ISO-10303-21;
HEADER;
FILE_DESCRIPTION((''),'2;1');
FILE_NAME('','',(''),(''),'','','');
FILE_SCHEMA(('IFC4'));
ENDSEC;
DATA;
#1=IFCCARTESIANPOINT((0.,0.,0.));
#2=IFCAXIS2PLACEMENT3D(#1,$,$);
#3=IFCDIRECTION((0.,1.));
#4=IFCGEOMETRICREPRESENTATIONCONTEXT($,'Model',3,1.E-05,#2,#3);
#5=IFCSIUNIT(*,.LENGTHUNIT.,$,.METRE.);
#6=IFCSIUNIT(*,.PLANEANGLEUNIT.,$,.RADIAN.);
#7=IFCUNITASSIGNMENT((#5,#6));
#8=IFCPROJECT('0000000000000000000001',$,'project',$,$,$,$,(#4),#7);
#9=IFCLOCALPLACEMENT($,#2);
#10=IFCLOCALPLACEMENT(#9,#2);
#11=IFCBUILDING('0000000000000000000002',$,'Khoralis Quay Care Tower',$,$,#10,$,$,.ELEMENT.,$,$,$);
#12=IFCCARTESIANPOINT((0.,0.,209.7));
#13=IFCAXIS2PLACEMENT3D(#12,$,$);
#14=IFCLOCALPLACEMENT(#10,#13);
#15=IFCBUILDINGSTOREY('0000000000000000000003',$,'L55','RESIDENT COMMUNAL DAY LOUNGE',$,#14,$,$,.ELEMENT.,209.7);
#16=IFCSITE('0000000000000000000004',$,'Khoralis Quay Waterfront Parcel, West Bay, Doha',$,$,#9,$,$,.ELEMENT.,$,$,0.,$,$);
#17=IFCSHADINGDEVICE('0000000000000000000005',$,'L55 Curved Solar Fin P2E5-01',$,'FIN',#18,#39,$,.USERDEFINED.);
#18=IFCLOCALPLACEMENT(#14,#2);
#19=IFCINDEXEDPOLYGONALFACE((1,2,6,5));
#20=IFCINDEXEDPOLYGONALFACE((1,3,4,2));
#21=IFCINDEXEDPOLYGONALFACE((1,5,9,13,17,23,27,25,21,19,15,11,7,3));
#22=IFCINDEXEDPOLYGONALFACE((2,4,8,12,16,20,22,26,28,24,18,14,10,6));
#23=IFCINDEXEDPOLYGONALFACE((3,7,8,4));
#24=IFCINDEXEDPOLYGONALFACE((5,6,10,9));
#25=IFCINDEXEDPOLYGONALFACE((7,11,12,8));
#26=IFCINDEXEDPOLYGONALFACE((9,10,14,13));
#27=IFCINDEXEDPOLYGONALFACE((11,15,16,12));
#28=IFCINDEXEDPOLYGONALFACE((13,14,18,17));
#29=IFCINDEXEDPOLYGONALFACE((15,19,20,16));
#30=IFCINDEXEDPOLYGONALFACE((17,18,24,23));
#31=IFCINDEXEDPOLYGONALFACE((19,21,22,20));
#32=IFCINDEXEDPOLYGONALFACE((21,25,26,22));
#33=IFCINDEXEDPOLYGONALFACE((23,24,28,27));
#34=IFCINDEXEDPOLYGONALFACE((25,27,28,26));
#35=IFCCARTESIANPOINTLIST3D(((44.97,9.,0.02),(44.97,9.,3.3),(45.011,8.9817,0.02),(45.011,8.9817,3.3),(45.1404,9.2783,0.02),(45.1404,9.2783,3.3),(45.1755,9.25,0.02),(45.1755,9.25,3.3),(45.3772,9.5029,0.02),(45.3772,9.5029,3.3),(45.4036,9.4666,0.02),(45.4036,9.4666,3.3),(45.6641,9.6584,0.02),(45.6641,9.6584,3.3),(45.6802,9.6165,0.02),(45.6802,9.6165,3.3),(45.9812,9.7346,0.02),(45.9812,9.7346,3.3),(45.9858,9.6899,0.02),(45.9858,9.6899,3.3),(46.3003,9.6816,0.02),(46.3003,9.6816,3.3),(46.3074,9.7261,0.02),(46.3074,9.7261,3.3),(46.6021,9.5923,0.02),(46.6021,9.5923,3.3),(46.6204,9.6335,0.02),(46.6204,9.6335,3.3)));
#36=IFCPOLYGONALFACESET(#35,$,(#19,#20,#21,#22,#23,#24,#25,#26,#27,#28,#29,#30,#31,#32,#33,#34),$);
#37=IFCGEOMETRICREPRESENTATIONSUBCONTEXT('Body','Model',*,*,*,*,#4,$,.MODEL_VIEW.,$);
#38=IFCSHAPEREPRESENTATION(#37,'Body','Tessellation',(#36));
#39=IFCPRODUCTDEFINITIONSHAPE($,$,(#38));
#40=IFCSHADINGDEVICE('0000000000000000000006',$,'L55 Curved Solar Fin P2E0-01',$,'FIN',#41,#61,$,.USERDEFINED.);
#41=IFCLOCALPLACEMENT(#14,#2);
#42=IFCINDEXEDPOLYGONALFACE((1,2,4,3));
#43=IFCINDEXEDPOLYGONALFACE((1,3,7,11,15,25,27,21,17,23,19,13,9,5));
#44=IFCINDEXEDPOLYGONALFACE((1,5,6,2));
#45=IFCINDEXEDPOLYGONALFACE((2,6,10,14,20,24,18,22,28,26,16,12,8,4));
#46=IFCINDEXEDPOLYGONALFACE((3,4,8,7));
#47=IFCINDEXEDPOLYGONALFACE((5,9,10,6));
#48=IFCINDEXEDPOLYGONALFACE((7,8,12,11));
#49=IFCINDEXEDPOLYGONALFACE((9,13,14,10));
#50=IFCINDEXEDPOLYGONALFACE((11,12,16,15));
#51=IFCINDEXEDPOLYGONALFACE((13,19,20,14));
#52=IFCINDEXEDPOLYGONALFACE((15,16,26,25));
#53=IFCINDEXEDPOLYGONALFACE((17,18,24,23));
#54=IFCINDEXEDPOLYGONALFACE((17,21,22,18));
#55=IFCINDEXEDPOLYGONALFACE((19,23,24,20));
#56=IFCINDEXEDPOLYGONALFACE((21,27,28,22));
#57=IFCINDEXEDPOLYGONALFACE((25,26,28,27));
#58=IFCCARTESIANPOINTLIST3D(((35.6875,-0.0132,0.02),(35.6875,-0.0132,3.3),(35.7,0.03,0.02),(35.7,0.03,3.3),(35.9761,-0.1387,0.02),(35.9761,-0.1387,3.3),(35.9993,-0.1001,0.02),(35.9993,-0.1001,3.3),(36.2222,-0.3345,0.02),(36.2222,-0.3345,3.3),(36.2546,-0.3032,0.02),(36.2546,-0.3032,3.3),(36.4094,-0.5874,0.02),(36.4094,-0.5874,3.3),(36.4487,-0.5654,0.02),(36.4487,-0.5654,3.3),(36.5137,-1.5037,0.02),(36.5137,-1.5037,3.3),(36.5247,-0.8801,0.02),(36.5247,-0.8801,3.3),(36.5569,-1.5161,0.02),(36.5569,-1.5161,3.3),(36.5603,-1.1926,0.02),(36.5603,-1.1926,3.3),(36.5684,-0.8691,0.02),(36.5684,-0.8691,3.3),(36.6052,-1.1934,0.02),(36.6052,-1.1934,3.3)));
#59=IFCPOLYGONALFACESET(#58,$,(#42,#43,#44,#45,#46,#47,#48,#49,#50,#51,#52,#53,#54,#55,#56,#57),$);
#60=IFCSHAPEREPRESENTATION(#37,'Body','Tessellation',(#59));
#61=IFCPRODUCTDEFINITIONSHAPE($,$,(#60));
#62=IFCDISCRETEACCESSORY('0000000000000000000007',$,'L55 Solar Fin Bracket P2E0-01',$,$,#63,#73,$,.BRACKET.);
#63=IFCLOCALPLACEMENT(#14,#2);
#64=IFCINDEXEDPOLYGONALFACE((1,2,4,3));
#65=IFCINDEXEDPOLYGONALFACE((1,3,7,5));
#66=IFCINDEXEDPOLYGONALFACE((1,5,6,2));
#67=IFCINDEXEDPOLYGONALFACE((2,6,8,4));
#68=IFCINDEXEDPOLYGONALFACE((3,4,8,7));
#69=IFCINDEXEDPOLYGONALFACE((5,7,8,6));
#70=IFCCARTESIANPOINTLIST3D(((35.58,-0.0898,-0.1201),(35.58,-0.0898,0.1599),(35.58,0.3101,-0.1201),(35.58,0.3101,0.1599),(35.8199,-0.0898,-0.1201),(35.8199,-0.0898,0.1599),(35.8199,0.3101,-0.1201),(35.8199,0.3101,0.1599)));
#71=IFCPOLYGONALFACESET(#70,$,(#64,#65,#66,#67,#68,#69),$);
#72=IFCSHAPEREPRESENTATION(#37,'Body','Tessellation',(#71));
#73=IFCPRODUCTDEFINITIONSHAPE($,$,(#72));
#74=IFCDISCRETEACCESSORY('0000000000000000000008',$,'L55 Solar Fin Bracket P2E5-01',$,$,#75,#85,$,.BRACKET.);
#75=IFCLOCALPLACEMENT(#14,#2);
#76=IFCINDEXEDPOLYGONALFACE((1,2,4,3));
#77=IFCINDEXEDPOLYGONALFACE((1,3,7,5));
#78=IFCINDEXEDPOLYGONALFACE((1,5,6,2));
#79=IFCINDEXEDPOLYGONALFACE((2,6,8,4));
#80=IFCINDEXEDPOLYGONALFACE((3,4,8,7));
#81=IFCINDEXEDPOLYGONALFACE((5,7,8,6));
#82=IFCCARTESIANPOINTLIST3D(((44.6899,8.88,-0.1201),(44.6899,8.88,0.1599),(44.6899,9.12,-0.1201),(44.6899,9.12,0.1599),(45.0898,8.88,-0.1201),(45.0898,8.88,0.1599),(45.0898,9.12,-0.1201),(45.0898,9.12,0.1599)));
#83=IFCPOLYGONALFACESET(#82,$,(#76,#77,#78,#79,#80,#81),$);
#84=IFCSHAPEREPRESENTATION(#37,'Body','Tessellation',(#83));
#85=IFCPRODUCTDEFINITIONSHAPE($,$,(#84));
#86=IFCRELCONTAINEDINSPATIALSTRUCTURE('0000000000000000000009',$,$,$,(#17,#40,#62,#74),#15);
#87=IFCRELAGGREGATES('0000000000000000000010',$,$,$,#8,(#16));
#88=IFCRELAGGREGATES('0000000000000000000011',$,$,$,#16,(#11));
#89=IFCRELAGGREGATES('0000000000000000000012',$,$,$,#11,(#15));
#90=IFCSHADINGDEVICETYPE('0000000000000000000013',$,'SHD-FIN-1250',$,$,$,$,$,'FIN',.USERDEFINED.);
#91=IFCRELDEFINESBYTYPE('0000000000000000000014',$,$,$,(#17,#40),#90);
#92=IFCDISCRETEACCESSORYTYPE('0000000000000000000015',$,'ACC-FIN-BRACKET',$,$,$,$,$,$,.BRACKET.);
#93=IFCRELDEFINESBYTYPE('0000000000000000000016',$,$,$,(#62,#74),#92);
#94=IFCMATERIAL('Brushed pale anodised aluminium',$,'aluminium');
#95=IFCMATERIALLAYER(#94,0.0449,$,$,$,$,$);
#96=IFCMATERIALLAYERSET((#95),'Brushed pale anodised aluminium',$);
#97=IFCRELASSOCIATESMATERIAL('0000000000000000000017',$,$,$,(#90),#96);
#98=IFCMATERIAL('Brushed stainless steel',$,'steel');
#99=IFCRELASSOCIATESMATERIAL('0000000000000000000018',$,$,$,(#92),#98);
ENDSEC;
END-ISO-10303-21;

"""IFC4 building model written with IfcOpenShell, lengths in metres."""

from ifc_helpers import new_model, si_unit, direction, frame, origin, origin_2d, place, context, subcontext, project, spatial, polyline, rectangle, outline, extrude, source, transform, mapped, material, layer, layer_set, type_object, element, save


model = new_model("IFC4")

# Units and contexts
model_context = context("Model", 3, precision=1e-05, world=origin(), true_north=direction((0.0, 1.0)))
body_context = subcontext(model_context, "Body", "Model", "MODEL_VIEW")
ifc_project = project(units=[si_unit("LENGTHUNIT", "METRE"), si_unit("PLANEANGLEUNIT", "RADIAN")], contexts=[model_context])

# Site, building, storey
site_placement = place(None, origin())
site = spatial("IfcSite", under=ifc_project, at=site_placement, Name="Khoralis Quay Waterfront Parcel, West Bay, Doha", CompositionType="ELEMENT", RefElevation=0.0)
building_placement = place(site_placement, origin())
building = spatial("IfcBuilding", under=site, at=building_placement, Name="Khoralis Quay Care Tower", CompositionType="ELEMENT")
storey_placement = place(building_placement, frame((0.0, 0.0, 209.7)))
storey = spatial("IfcBuildingStorey", under=building, at=storey_placement, Name="L55", Description="RESIDENT COMMUNAL DAY LOUNGE", CompositionType="ELEMENT", Elevation=209.7)

# Shading devices
ifc_material_1 = material(Name="Brushed pale anodised aluminium", Category="aluminium")
ifc_layer_1 = layer(ifc_material_1, 0.0449)
ifc_layer_set_1 = layer_set([ifc_layer_1], Name="Brushed pale anodised aluminium")
shading_device_type = type_object("IfcShadingDeviceType", Name="SHD-FIN-1250", ElementType="FIN", PredefinedType="USERDEFINED", material=ifc_layer_set_1)
shared_shape_1 = source(origin(), body_context, "Body", "SweptSolid", [
    extrude(outline(polyline([(0.0, 0.0), (0.1704, 0.2783), (0.4072, 0.5029), (0.6941, 0.6584), (1.0112, 0.7346), (1.3374, 0.7261), (1.6504, 0.6335), (1.6321, 0.5923), (1.3303, 0.6816), (1.0159, 0.6899), (0.7102, 0.6165), (0.4336, 0.4666), (0.2056, 0.25), (0.041, -0.0183), (0.0, 0.0)])), origin(), (0.0, 0.0, 1.0), 3.28),
])
shading_device_1_placement = place(storey_placement, frame((44.97, 9.0, 0.02), z_axis=(0.0, 0.0, 1.0), x_axis=(1.0, 0.0, 0.0)))
element("IfcShadingDevice", 1, at=shading_device_1_placement, inside=storey, type_object=shading_device_type, Name="L55 Curved Solar Fin P2E5-01", ObjectType="FIN", PredefinedType="USERDEFINED", context=body_context, shape_type="MappedRepresentation", body=[
    mapped(shared_shape_1, transform((0.0, 0.0, 0.0), scale=1.0)),
])
shared_shape_2 = source(origin(), body_context, "Body", "SweptSolid", [
    extrude(outline(polyline([(0.0, 0.0), (0.1301, 0.2993), (0.3333, 0.5547), (0.5955, 0.7488), (0.8992, 0.8684), (1.2234, 0.9053), (1.5461, 0.8569), (1.5337, 0.8137), (1.2227, 0.8604), (0.9102, 0.8247), (0.6174, 0.7095), (0.3645, 0.5222), (0.1687, 0.2761), (0.0432, -0.0125), (0.0, 0.0)])), origin(), (0.0, 0.0, 1.0), 3.28),
])
shading_device_2_placement = place(storey_placement, frame((35.7, 0.03, 0.02), z_axis=(0.0, 0.0, 1.0), x_axis=(0.0, -1.0, 0.0)))
element("IfcShadingDevice", 2, at=shading_device_2_placement, inside=storey, type_object=shading_device_type, Name="L55 Curved Solar Fin P2E0-01", ObjectType="FIN", PredefinedType="USERDEFINED", context=body_context, shape_type="MappedRepresentation", body=[
    mapped(shared_shape_2, transform((0.0, 0.0, 0.0), scale=1.0)),
])

# Discrete accessories
ifc_material_2 = material(Name="Brushed stainless steel", Category="steel")
discrete_accessory_type = type_object("IfcDiscreteAccessoryType", Name="ACC-FIN-BRACKET", PredefinedType="BRACKET", material=ifc_material_2)
shared_shape_3 = source(origin(), body_context, "Body", "SweptSolid", [
    extrude(rectangle(XDim=0.3999, YDim=0.24, at=origin_2d()), origin(), (0.0, 0.0, 1.0), 0.28),
])
for number, where, z_axis, x_axis, name in (
    (3, (35.7, 0.1101, -0.1201), (0.0, 0.0, 1.0), (0.0, -1.0, 0.0), "L55 Solar Fin Bracket P2E0-01"),
    (4, (44.8899, 9.0, -0.1201), (0.0, 0.0, 1.0), (1.0, 0.0, 0.0), "L55 Solar Fin Bracket P2E5-01"),
):
    element("IfcDiscreteAccessory", number, at=place(storey_placement, frame(where, z_axis=z_axis, x_axis=x_axis)), inside=storey, type_object=discrete_accessory_type, Name=name, PredefinedType="BRACKET", context=body_context, shape_type="MappedRepresentation", body=[
        mapped(shared_shape_3, transform((0.0, 0.0, 0.0), scale=1.0)),
    ])

save(model, "model.ifc")
